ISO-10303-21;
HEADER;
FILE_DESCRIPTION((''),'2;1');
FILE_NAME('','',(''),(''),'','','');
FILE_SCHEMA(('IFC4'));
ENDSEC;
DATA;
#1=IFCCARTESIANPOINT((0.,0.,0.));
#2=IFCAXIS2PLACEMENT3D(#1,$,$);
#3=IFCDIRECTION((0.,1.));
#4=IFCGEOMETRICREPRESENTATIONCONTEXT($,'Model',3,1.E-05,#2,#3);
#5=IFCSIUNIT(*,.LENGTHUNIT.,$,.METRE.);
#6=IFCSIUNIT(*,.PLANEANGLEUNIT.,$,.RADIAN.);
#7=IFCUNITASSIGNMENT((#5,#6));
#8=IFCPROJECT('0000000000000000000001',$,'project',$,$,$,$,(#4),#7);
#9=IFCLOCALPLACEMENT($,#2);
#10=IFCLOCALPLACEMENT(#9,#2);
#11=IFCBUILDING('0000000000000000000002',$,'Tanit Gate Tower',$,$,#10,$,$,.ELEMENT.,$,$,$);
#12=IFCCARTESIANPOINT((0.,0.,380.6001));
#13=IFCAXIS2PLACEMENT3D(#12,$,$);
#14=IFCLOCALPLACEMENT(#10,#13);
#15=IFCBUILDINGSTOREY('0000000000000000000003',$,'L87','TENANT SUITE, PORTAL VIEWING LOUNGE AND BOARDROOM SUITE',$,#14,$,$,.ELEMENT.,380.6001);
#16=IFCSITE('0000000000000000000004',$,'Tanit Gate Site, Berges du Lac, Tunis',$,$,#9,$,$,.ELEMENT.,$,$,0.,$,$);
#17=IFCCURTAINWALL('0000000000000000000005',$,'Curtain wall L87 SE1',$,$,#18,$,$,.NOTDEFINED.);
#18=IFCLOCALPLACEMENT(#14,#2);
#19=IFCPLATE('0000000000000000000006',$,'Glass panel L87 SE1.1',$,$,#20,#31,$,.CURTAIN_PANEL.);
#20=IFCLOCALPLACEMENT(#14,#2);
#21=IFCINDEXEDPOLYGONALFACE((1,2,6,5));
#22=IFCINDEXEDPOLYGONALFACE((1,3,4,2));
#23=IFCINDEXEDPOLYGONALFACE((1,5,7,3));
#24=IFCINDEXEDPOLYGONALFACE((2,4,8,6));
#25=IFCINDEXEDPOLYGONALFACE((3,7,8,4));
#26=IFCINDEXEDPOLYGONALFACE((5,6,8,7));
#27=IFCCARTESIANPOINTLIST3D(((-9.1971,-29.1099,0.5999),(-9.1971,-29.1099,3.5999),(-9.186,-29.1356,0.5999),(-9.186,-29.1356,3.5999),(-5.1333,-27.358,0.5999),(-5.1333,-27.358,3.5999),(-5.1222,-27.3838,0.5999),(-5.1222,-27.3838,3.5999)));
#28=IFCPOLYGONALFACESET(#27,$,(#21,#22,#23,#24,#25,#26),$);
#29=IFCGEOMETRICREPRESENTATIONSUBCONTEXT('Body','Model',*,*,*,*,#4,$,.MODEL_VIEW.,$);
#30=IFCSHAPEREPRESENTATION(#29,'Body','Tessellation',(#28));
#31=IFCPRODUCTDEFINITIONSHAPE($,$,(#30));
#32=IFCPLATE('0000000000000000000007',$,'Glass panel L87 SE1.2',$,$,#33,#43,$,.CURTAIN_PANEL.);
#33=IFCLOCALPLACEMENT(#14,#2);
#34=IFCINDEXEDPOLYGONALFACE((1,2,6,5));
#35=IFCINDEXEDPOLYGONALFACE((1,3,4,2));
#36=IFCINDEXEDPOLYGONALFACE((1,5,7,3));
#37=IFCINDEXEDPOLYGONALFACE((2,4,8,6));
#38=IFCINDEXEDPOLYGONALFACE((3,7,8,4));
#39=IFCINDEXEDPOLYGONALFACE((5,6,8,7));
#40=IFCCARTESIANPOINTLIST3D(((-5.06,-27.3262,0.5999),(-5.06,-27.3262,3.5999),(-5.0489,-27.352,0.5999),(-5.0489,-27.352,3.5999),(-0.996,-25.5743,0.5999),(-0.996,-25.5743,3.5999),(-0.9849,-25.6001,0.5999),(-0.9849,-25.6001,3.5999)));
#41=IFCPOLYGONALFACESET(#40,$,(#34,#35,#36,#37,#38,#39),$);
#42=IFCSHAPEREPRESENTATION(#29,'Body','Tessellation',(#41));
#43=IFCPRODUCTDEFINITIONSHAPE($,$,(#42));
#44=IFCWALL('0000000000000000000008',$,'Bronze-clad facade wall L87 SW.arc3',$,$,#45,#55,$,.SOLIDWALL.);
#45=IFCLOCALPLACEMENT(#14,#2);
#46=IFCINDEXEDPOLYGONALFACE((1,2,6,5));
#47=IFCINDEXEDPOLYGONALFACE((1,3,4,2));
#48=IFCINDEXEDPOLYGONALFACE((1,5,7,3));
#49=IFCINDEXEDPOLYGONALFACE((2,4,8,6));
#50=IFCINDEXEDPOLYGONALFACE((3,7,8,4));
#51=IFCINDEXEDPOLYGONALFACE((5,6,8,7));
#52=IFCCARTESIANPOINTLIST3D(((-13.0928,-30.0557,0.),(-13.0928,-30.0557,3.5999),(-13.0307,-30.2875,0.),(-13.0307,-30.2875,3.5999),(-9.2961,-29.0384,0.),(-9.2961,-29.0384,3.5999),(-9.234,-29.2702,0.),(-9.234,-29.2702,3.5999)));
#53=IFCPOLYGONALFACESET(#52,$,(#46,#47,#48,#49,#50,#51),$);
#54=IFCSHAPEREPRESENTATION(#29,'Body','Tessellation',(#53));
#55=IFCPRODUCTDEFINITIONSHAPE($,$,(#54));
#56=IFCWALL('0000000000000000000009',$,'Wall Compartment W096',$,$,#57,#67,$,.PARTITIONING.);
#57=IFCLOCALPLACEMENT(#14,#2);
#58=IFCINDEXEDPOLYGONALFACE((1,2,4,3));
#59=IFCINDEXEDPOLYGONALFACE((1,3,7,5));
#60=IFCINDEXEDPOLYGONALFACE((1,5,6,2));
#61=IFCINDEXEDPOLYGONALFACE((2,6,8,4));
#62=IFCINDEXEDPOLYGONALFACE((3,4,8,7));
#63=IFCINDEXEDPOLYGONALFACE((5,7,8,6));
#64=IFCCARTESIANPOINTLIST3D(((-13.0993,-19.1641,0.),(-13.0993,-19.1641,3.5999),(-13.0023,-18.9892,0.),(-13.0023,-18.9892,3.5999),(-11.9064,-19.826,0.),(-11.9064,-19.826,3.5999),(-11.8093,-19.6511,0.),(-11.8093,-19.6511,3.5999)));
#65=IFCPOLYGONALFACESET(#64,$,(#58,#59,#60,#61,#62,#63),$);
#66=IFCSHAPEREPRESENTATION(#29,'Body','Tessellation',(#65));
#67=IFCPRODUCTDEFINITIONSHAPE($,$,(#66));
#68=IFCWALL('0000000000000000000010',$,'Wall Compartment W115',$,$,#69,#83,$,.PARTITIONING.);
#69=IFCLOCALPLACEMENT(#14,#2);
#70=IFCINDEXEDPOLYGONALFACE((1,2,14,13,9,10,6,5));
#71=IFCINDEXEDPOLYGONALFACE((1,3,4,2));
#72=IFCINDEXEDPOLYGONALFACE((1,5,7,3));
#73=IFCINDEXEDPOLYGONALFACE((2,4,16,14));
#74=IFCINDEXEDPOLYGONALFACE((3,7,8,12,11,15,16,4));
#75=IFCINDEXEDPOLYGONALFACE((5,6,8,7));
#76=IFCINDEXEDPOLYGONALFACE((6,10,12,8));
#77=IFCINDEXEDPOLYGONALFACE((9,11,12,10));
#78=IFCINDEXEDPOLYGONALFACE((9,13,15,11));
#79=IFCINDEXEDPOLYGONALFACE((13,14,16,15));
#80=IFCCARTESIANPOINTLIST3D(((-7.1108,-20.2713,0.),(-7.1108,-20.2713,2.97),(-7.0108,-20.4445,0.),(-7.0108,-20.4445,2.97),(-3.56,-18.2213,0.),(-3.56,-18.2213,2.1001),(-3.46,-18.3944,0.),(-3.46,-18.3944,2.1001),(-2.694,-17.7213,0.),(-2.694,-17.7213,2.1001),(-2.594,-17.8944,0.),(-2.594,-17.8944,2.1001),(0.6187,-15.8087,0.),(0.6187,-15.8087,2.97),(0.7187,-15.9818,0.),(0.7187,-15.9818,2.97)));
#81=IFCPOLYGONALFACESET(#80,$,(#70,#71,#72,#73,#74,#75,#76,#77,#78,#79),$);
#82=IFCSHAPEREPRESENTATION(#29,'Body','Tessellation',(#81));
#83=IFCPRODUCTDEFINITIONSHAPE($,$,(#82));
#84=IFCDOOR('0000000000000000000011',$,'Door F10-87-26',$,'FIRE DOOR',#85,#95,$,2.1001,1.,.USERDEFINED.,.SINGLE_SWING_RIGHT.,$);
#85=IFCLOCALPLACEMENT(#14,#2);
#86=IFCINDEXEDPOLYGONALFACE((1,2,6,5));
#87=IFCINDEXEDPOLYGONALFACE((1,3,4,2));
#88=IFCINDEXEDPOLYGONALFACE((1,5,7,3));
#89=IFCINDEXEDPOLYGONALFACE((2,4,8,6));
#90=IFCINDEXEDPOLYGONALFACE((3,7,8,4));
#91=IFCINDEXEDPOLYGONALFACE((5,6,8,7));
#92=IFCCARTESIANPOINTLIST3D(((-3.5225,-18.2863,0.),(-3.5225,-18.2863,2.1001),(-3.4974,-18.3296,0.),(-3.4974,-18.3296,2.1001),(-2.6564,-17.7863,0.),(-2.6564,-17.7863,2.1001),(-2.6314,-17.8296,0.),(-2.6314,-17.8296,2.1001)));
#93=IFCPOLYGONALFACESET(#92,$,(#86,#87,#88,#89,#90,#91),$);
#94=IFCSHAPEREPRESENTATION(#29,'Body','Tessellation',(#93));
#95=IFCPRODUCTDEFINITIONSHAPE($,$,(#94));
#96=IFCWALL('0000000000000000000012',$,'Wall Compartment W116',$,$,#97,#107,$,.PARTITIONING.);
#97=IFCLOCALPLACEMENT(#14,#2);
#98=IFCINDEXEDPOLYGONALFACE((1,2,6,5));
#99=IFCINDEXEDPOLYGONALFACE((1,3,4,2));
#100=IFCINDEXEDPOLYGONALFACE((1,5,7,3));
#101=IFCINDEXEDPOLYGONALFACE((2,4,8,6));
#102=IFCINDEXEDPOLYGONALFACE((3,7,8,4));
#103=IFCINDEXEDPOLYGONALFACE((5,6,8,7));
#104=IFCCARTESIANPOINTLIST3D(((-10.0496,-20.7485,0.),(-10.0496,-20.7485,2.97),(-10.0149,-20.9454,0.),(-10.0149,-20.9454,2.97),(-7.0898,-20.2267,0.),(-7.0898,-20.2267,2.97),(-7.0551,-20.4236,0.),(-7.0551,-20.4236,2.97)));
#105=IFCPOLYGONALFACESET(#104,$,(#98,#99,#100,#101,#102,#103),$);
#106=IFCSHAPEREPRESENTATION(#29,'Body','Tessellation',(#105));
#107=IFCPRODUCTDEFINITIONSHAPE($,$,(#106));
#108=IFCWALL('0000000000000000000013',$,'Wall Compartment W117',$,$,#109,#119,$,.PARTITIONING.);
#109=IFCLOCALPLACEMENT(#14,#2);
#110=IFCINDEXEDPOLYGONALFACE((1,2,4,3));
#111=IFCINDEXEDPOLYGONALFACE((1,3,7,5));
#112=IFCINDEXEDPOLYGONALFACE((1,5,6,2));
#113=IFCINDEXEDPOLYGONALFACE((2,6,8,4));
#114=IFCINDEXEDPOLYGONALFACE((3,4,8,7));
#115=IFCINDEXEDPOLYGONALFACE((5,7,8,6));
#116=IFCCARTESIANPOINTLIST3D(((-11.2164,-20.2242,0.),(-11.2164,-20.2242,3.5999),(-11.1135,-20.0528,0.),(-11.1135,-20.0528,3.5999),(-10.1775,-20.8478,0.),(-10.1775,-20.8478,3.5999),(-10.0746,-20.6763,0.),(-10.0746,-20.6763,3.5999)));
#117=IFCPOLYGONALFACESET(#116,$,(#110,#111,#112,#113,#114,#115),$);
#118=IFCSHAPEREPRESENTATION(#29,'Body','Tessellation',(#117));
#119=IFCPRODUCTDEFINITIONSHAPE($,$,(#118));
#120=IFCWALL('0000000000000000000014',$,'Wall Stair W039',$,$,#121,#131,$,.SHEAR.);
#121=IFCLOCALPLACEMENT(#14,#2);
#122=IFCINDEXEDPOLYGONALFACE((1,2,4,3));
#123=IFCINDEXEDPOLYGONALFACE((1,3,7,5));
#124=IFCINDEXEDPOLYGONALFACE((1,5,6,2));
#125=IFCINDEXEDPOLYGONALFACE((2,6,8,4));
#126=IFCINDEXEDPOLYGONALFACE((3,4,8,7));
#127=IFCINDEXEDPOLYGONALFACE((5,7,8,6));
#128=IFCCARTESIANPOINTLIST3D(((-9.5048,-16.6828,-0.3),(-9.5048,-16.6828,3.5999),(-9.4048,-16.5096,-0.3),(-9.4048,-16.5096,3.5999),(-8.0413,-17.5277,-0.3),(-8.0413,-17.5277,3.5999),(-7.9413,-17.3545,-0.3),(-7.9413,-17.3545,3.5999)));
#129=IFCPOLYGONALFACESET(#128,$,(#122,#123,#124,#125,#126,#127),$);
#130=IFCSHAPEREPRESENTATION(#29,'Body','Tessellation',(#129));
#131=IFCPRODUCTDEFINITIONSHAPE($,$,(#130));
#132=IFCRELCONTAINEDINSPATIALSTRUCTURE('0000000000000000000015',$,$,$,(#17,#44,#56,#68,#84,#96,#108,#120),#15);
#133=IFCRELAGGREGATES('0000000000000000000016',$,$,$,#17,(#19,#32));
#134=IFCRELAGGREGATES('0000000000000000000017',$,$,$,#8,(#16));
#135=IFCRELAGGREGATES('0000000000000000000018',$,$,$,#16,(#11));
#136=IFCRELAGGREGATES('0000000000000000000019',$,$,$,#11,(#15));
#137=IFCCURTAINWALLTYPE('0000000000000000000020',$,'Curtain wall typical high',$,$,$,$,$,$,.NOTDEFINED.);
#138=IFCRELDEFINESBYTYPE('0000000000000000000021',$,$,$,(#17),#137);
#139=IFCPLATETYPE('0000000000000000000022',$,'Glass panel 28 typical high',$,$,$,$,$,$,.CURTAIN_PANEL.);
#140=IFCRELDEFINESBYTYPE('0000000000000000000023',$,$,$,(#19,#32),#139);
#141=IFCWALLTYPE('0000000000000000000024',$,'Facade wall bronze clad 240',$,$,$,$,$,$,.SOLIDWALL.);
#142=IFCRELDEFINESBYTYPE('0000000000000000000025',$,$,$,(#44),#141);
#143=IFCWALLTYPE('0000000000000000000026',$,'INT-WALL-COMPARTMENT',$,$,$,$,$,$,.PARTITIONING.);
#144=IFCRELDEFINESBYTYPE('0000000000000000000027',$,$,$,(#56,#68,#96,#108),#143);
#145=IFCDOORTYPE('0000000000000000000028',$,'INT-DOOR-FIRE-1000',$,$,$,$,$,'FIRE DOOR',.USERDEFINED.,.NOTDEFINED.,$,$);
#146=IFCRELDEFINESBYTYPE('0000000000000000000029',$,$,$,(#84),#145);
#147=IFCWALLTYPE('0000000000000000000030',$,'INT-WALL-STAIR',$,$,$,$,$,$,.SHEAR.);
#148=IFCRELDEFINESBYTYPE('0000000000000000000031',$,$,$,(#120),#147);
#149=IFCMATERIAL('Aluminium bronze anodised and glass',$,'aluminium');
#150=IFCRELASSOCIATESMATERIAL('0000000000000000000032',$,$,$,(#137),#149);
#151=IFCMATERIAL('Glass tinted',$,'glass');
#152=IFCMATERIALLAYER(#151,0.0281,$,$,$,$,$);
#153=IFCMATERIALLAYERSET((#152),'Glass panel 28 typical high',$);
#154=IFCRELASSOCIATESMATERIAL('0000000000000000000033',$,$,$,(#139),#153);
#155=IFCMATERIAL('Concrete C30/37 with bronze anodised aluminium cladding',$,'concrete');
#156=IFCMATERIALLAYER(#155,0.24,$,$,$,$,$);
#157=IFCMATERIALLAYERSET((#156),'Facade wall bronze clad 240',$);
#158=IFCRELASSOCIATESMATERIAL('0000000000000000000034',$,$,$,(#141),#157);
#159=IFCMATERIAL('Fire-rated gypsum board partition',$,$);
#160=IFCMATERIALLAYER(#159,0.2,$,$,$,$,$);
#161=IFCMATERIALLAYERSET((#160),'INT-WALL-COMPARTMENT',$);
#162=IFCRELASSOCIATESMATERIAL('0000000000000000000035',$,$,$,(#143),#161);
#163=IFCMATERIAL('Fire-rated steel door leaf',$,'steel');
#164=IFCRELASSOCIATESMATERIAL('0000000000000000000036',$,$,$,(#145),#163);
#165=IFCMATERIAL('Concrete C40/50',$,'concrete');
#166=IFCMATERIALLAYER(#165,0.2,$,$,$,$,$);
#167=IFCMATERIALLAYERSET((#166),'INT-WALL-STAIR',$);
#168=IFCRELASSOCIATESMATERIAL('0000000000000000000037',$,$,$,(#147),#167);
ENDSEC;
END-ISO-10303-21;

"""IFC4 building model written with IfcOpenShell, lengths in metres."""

from ifc_helpers import new_model, si_unit, direction, frame, frame_2d, origin, origin_2d, place, context, subcontext, project, spatial, rectangle, extrude, material, layer, layer_set, type_object, element, fill, aggregate, save


model = new_model("IFC4")

# Units and contexts
model_context = context("Model", 3, precision=1e-05, world=origin(), true_north=direction((0.0, 1.0)))
body_context = subcontext(model_context, "Body", "Model", "MODEL_VIEW")
ifc_project = project(units=[si_unit("LENGTHUNIT", "METRE"), si_unit("PLANEANGLEUNIT", "RADIAN")], contexts=[model_context])

# Site, building, storey
site_placement = place(None, origin())
site = spatial("IfcSite", under=ifc_project, at=site_placement, Name="Tanit Gate Site, Berges du Lac, Tunis", CompositionType="ELEMENT", RefElevation=0.0)
building_placement = place(site_placement, origin())
building = spatial("IfcBuilding", under=site, at=building_placement, Name="Tanit Gate Tower", CompositionType="ELEMENT")
storey_placement = place(building_placement, frame((0.0, 0.0, 380.6001)))
storey = spatial("IfcBuildingStorey", under=building, at=storey_placement, Name="L87", Description="TENANT SUITE, PORTAL VIEWING LOUNGE AND BOARDROOM SUITE", CompositionType="ELEMENT", Elevation=380.6001)

# Curtain wall
ifc_material_1 = material(Name="Aluminium bronze anodised and glass", Category="aluminium")
curtain_wall_type = type_object("IfcCurtainWallType", Name="Curtain wall typical high", PredefinedType="NOTDEFINED", material=ifc_material_1)
curtain_wall_placement = place(storey_placement, origin())
curtain_wall = element("IfcCurtainWall", 1, at=curtain_wall_placement, inside=storey, type_object=curtain_wall_type, Name="Curtain wall L87 SE1", PredefinedType="NOTDEFINED")

# Plates
ifc_material_2 = material(Name="Glass tinted", Category="glass")
ifc_layer_1 = layer(ifc_material_2, 0.0281)
ifc_layer_set_1 = layer_set([ifc_layer_1], Name="Glass panel 28 typical high")
plate_type = type_object("IfcPlateType", Name="Glass panel 28 typical high", PredefinedType="CURTAIN_PANEL", material=ifc_layer_set_1)
plate_1_placement = place(storey_placement, frame((-7.1597, -28.2468, 0.5999), z_axis=(0.0, 0.0, 1.0), x_axis=(0.918306, 0.395871, 0.0)))
plate_1 = element("IfcPlate", 2, at=plate_1_placement, type_object=plate_type, Name="Glass panel L87 SE1.1", PredefinedType="CURTAIN_PANEL", context=body_context, shape_type="SweptSolid", body=[
    extrude(rectangle(XDim=4.4253, YDim=0.0281, at=origin_2d()), origin(), (0.0, 0.0, 1.0), 3.0),
])
plate_2_placement = place(storey_placement, frame((-3.0225, -26.4631, 0.5999), z_axis=(0.0, 0.0, 1.0), x_axis=(0.918306, 0.395871, 0.0)))
plate_2 = element("IfcPlate", 3, at=plate_2_placement, type_object=plate_type, Name="Glass panel L87 SE1.2", PredefinedType="CURTAIN_PANEL", context=body_context, shape_type="SweptSolid", body=[
    extrude(rectangle(XDim=4.4255, YDim=0.0281, at=origin_2d()), origin(), (0.0, 0.0, 1.0), 3.0),
])
aggregate(curtain_wall, [plate_1, plate_2])

# Walls
ifc_material_3 = material(Name="Concrete C30/37 with bronze anodised aluminium cladding", Category="concrete")
ifc_layer_2 = layer(ifc_material_3, 0.24)
ifc_layer_set_2 = layer_set([ifc_layer_2], Name="Facade wall bronze clad 240")
wall_type_1 = type_object("IfcWallType", Name="Facade wall bronze clad 240", PredefinedType="SOLIDWALL", material=ifc_layer_set_2)
wall_1_placement = place(storey_placement, frame((-13.0618, -30.1716, 0.0), z_axis=(0.0, 0.0, 1.0), x_axis=(0.965924, 0.258826, 0.0)))
element("IfcWall", 4, at=wall_1_placement, inside=storey, type_object=wall_type_1, Name="Bronze-clad facade wall L87 SW.arc3", PredefinedType="SOLIDWALL", context=body_context, shape_type="SweptSolid", body=[
    extrude(rectangle(XDim=3.9307, YDim=0.24, at=frame_2d((1.9653, 0.0))), origin(), (0.0, 0.0, 1.0), 3.5999),
])
ifc_material_4 = material(Name="Fire-rated gypsum board partition")
ifc_layer_3 = layer(ifc_material_4, 0.2)
ifc_layer_set_3 = layer_set([ifc_layer_3], Name="INT-WALL-COMPARTMENT")
wall_type_2 = type_object("IfcWallType", Name="INT-WALL-COMPARTMENT", PredefinedType="PARTITIONING", material=ifc_layer_set_3)
wall_2_placement = place(storey_placement, frame((-13.0508, -19.0767, 0.0), z_axis=(0.0, 0.0, 1.0), x_axis=(0.874419, -0.485172, 0.0)))
element("IfcWall", 5, at=wall_2_placement, inside=storey, type_object=wall_type_2, Name="Wall Compartment W096", PredefinedType="PARTITIONING", context=body_context, shape_type="SweptSolid", body=[
    extrude(rectangle(XDim=1.3643, YDim=0.2, at=frame_2d((0.6821, 0.0))), origin(), (0.0, 0.0, 1.0), 3.5999),
])

# Wall, opening, door
wall_3_placement = place(storey_placement, frame((-7.0608, -20.3579, 0.0), z_axis=(0.0, 0.0, 1.0), x_axis=(0.866024, 0.500002, 0.0)))
wall_3 = element("IfcWall", 6, at=wall_3_placement, inside=storey, type_object=wall_type_2, Name="Wall Compartment W115", PredefinedType="PARTITIONING", context=body_context, shape_type="SweptSolid", body=[
    extrude(rectangle(XDim=8.9253, YDim=0.2, at=frame_2d((4.4626, 0.0))), origin(), (0.0, 0.0, 1.0), 2.97),
])
opening_1_placement = place(wall_3_placement, frame((4.1001, 0.0, 0.0)))
opening_1 = element("IfcOpeningElement", 7, at=opening_1_placement, cuts=wall_3, PredefinedType="OPENING", context=body_context, shape_type="SweptSolid", body=[
    extrude(rectangle(XDim=1.0, YDim=2.1001, at=frame_2d((0.5, 1.05))), frame((0.0, 0.1099, 0.0), z_axis=(0.0, -1.0, 0.0), x_axis=(1.0, 0.0, 0.0)), (0.0, 0.0, 1.0), 0.22),
])
ifc_material_5 = material(Name="Fire-rated steel door leaf", Category="steel")
door_type_1 = type_object("IfcDoorType", Name="INT-DOOR-FIRE-1000", ElementType="FIRE DOOR", OperationType="NOTDEFINED", PredefinedType="USERDEFINED", material=ifc_material_5)
door_1_placement = place(opening_1_placement, origin())
door_1 = element("IfcDoor", 8, at=door_1_placement, inside=storey, type_object=door_type_1, Name="Door F10-87-26", ObjectType="FIRE DOOR", OperationType="SINGLE_SWING_RIGHT", OverallHeight=2.1001, OverallWidth=1.0, PredefinedType="USERDEFINED", context=body_context, shape_type="SweptSolid", body=[
    extrude(rectangle(XDim=1.0, YDim=2.1001, at=frame_2d((0.5, 1.05))), frame((0.0, 0.0249, 0.0), z_axis=(0.0, -1.0, 0.0), x_axis=(1.0, 0.0, 0.0)), (0.0, 0.0, 1.0), 0.05),
])
fill(opening_1, door_1)

# Walls
wall_4_placement = place(storey_placement, frame((-10.0322, -20.8469, 0.0), z_axis=(0.0, 0.0, 1.0), x_axis=(0.984816, 0.1736, 0.0)))
element("IfcWall", 9, at=wall_4_placement, inside=storey, type_object=wall_type_2, Name="Wall Compartment W116", PredefinedType="PARTITIONING", context=body_context, shape_type="SweptSolid", body=[
    extrude(rectangle(XDim=3.0054, YDim=0.2, at=frame_2d((1.5027, 0.0))), origin(), (0.0, 0.0, 1.0), 2.97),
])
wall_5_placement = place(storey_placement, frame((-11.165, -20.1384, 0.0), z_axis=(0.0, 0.0, 1.0), x_axis=(0.857404, -0.514644, 0.0)))
element("IfcWall", 10, at=wall_5_placement, inside=storey, type_object=wall_type_2, Name="Wall Compartment W117", PredefinedType="PARTITIONING", context=body_context, shape_type="SweptSolid", body=[
    extrude(rectangle(XDim=1.2117, YDim=0.2, at=frame_2d((0.606, 0.0))), origin(), (0.0, 0.0, 1.0), 3.5999),
])
ifc_material_6 = material(Name="Concrete C40/50", Category="concrete")
ifc_layer_4 = layer(ifc_material_6, 0.2)
ifc_layer_set_4 = layer_set([ifc_layer_4], Name="INT-WALL-STAIR")
wall_type_3 = type_object("IfcWallType", Name="INT-WALL-STAIR", PredefinedType="SHEAR", material=ifc_layer_set_4)
wall_6_placement = place(storey_placement, frame((-9.4548, -16.5962, -0.3), z_axis=(0.0, 0.0, 1.0), x_axis=(0.866039, -0.499977, 0.0)))
element("IfcWall", 11, at=wall_6_placement, inside=storey, type_object=wall_type_3, Name="Wall Stair W039", PredefinedType="SHEAR", context=body_context, shape_type="SweptSolid", body=[
    extrude(rectangle(XDim=1.6899, YDim=0.2, at=frame_2d((0.845, 0.0))), origin(), (0.0, 0.0, 1.0), 3.8999),
])

save(model, "model.ifc")
